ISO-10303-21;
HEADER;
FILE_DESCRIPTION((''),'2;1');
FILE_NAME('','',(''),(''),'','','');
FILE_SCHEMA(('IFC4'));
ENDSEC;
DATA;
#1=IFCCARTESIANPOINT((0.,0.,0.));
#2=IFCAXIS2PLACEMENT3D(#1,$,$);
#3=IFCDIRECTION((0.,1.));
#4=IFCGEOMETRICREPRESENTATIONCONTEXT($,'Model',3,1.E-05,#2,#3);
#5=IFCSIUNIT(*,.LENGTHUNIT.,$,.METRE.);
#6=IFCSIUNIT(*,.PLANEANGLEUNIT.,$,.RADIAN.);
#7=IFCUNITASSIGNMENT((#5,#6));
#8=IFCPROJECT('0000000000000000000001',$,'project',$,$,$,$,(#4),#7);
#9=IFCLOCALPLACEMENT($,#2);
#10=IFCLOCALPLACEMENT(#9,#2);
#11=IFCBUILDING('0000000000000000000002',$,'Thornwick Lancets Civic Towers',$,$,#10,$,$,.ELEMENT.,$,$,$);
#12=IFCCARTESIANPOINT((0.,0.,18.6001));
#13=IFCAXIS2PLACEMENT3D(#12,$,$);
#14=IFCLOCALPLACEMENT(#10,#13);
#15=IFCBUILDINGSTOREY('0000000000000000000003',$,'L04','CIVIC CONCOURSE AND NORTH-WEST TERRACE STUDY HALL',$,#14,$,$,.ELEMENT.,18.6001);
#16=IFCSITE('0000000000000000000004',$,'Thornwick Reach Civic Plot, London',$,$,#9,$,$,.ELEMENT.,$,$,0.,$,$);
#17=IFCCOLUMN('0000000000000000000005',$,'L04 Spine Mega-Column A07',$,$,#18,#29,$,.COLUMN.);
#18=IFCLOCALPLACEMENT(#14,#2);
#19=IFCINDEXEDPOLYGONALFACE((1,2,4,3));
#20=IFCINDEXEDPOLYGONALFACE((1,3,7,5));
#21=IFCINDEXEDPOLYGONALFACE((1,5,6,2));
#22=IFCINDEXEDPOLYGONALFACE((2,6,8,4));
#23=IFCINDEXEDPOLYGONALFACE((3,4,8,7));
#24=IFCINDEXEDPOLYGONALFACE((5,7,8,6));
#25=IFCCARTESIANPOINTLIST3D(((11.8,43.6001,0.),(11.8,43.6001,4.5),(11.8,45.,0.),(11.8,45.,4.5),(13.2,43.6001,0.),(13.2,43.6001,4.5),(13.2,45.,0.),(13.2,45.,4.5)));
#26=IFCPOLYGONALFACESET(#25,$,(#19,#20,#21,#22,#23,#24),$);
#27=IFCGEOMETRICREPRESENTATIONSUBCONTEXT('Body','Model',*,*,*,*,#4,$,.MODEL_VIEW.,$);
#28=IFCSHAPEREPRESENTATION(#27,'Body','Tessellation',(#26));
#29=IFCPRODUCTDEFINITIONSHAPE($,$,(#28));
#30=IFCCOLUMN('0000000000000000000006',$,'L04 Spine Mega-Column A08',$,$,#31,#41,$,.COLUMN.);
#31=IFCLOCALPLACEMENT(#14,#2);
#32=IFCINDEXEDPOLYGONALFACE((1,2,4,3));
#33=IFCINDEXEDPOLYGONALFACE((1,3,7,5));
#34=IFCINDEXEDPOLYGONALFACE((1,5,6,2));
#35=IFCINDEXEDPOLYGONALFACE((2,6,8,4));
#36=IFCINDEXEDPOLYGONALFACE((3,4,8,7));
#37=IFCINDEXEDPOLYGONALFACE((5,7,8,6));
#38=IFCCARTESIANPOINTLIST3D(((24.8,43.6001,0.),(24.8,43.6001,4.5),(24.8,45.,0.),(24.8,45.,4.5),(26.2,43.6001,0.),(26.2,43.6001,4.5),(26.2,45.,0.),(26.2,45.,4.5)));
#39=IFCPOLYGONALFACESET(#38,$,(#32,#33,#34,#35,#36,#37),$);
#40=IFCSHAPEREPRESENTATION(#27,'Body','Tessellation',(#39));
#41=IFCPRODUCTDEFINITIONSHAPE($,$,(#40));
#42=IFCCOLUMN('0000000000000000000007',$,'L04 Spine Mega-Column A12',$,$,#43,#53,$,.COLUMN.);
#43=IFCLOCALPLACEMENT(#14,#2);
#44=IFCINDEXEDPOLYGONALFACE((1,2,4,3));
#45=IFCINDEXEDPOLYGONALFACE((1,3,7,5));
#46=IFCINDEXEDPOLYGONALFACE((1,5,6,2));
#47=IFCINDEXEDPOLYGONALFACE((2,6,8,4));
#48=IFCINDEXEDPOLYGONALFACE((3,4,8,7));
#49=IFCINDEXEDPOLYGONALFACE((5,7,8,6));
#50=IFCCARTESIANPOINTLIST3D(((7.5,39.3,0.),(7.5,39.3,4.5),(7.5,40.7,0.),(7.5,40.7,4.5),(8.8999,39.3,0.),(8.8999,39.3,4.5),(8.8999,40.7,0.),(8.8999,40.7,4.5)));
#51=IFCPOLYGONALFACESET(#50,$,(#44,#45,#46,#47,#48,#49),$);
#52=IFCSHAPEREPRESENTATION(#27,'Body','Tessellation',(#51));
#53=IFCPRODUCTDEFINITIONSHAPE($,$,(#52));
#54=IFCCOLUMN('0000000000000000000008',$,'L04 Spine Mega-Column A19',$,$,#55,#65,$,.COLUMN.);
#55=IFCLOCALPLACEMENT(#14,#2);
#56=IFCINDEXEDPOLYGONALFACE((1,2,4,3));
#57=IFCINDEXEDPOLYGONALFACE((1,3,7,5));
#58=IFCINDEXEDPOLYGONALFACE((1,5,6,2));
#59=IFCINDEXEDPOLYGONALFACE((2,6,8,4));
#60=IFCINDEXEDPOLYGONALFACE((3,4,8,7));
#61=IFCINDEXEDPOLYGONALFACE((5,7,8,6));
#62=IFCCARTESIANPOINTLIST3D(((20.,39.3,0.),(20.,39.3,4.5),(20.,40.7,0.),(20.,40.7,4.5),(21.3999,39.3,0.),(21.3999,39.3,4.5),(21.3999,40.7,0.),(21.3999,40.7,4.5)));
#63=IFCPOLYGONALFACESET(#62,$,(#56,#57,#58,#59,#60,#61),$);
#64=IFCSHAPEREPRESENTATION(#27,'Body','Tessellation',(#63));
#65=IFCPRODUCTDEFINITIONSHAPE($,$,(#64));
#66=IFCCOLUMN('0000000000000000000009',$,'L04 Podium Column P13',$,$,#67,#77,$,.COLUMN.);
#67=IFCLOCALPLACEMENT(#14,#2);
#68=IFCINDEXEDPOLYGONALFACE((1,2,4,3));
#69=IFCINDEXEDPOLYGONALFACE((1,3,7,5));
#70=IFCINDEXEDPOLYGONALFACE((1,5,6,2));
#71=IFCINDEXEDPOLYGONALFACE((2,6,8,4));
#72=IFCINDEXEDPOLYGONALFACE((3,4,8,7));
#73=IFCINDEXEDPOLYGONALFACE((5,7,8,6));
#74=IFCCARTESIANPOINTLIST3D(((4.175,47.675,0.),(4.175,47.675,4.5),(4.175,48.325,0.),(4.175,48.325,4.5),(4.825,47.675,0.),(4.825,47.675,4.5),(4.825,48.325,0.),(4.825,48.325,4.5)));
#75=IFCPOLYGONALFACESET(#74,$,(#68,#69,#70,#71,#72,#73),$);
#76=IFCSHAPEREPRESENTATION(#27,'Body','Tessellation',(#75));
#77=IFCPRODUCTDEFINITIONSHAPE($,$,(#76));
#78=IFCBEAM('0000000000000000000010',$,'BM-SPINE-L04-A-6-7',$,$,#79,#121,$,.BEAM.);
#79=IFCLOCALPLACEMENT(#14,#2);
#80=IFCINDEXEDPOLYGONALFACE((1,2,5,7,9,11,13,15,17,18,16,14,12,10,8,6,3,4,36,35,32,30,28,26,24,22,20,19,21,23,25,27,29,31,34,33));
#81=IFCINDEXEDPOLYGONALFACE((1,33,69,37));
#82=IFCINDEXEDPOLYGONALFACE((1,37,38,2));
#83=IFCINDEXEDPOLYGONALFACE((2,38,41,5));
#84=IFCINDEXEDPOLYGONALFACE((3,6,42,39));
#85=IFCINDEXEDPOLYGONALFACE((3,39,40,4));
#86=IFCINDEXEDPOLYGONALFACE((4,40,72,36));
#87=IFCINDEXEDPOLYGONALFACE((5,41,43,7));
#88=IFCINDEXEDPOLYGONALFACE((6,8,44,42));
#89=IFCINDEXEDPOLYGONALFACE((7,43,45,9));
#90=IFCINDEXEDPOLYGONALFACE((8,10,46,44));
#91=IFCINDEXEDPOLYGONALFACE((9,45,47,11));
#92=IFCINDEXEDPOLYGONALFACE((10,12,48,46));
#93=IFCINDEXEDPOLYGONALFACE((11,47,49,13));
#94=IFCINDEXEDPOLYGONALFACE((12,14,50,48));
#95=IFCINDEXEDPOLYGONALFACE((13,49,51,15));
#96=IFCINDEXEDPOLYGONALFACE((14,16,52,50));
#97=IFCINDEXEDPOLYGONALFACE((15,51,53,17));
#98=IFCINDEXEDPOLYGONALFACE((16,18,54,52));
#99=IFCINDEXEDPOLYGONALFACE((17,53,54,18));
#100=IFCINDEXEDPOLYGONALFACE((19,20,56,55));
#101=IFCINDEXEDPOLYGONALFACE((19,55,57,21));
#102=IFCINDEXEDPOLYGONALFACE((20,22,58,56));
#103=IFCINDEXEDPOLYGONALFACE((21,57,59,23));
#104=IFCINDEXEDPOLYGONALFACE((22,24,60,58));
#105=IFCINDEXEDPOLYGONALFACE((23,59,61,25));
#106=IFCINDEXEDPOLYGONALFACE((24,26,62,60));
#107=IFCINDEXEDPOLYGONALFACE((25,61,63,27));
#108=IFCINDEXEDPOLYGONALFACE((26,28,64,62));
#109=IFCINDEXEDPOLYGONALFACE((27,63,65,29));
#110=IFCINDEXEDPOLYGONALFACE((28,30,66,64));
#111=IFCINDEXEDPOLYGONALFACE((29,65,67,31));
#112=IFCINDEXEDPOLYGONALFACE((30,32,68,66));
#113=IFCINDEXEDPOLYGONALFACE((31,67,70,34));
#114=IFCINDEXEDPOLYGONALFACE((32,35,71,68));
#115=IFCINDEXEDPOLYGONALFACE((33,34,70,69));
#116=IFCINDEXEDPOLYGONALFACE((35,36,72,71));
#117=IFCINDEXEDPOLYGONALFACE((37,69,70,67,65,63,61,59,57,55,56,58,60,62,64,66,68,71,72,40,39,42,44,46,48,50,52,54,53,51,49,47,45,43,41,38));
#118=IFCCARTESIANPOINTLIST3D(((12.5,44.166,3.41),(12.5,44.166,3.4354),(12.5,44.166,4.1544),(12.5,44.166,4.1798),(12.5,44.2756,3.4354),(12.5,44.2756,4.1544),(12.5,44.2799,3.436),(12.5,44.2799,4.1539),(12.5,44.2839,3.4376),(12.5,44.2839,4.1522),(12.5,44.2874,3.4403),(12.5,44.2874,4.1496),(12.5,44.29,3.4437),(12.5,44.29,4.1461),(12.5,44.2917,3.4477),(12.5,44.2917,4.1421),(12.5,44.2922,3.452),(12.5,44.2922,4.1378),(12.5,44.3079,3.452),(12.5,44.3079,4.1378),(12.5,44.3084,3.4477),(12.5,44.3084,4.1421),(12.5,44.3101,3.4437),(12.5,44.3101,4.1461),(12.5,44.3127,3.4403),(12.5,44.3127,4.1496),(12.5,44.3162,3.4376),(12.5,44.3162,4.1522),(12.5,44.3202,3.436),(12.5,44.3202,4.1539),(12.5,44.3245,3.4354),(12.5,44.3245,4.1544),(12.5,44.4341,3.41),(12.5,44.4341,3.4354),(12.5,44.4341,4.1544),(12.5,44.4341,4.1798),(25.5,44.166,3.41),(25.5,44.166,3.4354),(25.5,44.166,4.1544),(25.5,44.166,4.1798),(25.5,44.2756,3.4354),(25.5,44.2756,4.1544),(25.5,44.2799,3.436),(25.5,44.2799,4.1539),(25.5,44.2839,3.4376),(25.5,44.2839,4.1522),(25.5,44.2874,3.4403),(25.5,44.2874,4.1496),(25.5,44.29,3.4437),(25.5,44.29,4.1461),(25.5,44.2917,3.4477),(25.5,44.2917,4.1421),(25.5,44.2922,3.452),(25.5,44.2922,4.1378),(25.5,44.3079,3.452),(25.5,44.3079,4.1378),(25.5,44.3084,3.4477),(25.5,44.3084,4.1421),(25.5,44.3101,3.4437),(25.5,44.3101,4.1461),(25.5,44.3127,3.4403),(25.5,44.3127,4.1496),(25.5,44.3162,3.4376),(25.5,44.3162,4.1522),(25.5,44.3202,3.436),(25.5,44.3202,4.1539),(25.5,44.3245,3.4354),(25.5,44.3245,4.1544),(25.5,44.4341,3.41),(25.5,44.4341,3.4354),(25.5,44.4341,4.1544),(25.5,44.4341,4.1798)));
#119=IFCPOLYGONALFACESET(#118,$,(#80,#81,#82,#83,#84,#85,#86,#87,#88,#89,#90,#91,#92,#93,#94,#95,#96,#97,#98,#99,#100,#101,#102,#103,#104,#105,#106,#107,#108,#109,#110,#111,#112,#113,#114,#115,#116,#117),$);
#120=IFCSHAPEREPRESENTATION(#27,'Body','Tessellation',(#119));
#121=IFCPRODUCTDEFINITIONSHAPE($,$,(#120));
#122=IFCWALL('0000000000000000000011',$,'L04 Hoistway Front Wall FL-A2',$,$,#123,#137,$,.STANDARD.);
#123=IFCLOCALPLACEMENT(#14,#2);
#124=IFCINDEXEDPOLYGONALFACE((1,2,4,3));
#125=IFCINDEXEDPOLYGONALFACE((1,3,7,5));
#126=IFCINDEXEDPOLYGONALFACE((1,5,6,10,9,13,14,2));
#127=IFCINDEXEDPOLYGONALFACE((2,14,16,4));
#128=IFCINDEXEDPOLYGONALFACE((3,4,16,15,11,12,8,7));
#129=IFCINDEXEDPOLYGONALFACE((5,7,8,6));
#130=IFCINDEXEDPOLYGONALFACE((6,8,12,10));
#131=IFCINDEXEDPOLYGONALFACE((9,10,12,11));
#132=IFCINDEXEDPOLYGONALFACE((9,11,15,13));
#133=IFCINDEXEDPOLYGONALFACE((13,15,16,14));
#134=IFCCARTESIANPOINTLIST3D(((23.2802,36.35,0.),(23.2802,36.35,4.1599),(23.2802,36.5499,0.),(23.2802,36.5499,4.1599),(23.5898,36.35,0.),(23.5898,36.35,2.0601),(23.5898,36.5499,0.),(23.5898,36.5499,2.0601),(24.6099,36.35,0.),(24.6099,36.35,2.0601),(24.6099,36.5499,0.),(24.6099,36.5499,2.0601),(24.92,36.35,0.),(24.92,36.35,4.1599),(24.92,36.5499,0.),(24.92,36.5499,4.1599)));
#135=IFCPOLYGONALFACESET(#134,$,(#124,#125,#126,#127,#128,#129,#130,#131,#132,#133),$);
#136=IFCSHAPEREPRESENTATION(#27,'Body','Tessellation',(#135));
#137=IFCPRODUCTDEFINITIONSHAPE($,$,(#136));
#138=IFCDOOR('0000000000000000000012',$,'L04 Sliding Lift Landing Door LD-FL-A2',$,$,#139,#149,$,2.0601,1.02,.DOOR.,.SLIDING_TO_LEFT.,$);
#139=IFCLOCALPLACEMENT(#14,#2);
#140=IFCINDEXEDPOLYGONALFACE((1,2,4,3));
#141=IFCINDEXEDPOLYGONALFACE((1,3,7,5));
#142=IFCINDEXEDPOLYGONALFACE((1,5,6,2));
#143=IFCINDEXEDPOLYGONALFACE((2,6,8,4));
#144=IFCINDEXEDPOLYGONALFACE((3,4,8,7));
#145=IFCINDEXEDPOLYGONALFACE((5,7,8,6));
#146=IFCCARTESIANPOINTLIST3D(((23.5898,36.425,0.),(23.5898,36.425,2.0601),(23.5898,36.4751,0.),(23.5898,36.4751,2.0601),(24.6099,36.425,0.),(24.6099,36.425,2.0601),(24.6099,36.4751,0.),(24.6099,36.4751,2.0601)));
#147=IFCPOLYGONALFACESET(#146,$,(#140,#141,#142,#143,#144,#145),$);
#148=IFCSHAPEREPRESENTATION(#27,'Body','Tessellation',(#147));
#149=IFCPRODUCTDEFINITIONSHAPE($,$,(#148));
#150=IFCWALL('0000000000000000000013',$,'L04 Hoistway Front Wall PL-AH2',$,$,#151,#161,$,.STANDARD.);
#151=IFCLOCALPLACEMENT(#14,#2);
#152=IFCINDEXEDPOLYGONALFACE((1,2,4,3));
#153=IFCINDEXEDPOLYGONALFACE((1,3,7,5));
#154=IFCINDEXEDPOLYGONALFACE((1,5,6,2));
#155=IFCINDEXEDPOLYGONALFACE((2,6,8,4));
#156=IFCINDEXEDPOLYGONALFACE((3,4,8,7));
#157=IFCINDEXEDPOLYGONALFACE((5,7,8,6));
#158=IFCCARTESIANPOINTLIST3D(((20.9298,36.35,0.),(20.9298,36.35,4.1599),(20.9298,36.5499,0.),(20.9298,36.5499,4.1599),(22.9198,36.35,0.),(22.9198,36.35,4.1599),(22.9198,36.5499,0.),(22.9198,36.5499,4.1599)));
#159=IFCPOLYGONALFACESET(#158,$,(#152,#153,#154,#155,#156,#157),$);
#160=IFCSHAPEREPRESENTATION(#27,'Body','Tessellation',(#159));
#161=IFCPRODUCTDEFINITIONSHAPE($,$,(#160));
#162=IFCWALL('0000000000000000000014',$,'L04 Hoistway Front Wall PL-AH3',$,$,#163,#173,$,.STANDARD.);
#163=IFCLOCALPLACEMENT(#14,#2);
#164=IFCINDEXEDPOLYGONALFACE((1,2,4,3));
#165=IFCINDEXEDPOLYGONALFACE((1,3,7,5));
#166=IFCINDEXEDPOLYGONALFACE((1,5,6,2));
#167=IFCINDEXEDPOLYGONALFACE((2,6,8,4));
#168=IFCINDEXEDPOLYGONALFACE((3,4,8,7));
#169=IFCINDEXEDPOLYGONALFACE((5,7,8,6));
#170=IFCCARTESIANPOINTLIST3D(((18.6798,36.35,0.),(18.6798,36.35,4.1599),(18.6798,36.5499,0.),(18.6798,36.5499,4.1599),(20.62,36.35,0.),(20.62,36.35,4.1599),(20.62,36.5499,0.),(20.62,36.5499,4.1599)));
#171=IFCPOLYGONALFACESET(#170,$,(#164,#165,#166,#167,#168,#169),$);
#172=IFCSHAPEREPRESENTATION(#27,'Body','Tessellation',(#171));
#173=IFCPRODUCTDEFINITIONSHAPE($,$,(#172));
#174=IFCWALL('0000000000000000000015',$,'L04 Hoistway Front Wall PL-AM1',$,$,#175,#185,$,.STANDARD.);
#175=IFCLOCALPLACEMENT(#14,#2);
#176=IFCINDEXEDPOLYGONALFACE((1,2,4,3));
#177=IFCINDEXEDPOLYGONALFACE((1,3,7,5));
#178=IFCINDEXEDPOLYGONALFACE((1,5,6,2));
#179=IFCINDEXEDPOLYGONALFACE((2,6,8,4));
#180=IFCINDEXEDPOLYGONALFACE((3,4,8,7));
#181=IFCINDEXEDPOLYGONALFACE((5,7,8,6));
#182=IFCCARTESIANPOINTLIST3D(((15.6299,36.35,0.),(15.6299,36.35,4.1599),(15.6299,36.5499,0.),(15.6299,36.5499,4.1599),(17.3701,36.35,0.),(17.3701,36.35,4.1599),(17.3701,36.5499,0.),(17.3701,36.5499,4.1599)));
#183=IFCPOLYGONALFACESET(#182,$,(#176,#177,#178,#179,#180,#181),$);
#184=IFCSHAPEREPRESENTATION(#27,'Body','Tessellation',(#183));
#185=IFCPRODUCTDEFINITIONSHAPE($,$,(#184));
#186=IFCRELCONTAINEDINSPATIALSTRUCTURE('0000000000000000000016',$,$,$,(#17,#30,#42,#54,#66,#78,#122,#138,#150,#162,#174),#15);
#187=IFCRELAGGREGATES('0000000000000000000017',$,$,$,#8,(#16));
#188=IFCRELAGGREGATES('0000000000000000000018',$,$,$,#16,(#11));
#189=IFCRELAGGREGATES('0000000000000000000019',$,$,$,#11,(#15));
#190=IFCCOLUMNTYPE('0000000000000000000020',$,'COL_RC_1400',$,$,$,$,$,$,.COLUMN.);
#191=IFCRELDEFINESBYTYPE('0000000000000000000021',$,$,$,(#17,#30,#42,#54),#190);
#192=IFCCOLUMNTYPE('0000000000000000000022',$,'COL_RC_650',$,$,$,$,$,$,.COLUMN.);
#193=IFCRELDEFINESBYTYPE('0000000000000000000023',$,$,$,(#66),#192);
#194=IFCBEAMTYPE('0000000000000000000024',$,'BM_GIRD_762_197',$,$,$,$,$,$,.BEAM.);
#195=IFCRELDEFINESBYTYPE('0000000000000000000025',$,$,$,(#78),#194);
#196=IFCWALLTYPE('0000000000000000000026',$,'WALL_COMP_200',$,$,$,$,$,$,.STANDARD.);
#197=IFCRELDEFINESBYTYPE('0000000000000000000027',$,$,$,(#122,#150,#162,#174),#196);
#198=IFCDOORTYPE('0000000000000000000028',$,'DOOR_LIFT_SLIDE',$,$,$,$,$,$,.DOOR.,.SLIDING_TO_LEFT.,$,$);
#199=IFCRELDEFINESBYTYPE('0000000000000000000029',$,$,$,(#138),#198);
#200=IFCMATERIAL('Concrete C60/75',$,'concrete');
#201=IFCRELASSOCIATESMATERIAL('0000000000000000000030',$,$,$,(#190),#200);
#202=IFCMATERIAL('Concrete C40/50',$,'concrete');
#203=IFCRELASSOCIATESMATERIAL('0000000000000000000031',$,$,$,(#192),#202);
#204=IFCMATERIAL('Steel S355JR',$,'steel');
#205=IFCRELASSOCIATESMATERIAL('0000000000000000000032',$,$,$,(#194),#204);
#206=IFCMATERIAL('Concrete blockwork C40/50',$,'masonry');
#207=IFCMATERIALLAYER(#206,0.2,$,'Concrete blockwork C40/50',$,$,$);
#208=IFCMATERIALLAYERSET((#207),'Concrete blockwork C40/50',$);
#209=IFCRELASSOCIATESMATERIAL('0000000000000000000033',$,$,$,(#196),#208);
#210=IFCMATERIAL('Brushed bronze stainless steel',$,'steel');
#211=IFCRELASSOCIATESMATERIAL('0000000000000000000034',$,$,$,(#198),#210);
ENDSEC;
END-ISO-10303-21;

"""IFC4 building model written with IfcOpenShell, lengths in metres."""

from ifc_helpers import new_model, si_unit, direction, frame, frame_2d, origin, origin_2d, place, context, subcontext, project, spatial, rectangle, i_section, extrude, material, layer, layer_set, material_profile, profile_set, type_object, element, fill, save


model = new_model("IFC4")

# Units and contexts
model_context = context("Model", 3, precision=1e-05, world=origin(), true_north=direction((0.0, 1.0)))
body_context = subcontext(model_context, "Body", "Model", "MODEL_VIEW")
ifc_project = project(units=[si_unit("LENGTHUNIT", "METRE"), si_unit("PLANEANGLEUNIT", "RADIAN")], contexts=[model_context])

# Site, building, storey
site_placement = place(None, origin())
site = spatial("IfcSite", under=ifc_project, at=site_placement, Name="Thornwick Reach Civic Plot, London", CompositionType="ELEMENT", RefElevation=0.0)
building_placement = place(site_placement, origin())
building = spatial("IfcBuilding", under=site, at=building_placement, Name="Thornwick Lancets Civic Towers", CompositionType="ELEMENT")
storey_placement = place(building_placement, frame((0.0, 0.0, 18.6001)))
storey = spatial("IfcBuildingStorey", under=building, at=storey_placement, Name="L04", Description="CIVIC CONCOURSE AND NORTH-WEST TERRACE STUDY HALL", CompositionType="ELEMENT", Elevation=18.6001)

# Columns
ifc_material_1 = material(Name="Concrete C60/75", Category="concrete")
ifc_material_profile_1 = material_profile(ifc_material_1, rectangle(XDim=1.3999, YDim=1.3999, at=origin_2d()), Name="RC 1400x1400")
ifc_profile_set_1 = profile_set([ifc_material_profile_1], Name="Concrete C60/75")
column_type_1 = type_object("IfcColumnType", Name="COL_RC_1400", PredefinedType="COLUMN", material=ifc_profile_set_1)
for number, where, z_axis, x_axis, name in (
    (1, (12.5, 44.3, 0.0), (0.0, 0.0, 1.0), (1.0, 0.0, 0.0), "L04 Spine Mega-Column A07"),
    (2, (25.5, 44.3, 0.0), (0.0, 0.0, 1.0), (1.0, 0.0, 0.0), "L04 Spine Mega-Column A08"),
    (3, (8.2, 40.0, 0.0), (0.0, 0.0, 1.0), (1.0, 0.0, 0.0), "L04 Spine Mega-Column A12"),
    (4, (20.7, 40.0, 0.0), (0.0, 0.0, 1.0), (1.0, 0.0, 0.0), "L04 Spine Mega-Column A19"),
):
    element("IfcColumn", number, at=place(storey_placement, frame(where, z_axis=z_axis, x_axis=x_axis)), inside=storey, type_object=column_type_1, Name=name, PredefinedType="COLUMN", context=body_context, shape_type="SweptSolid", body=[
        extrude(rectangle(XDim=1.3999, YDim=1.3999, at=origin_2d()), origin(), (0.0, 0.0, 1.0), 4.5),
    ])
ifc_material_2 = material(Name="Concrete C40/50", Category="concrete")
ifc_material_profile_2 = material_profile(ifc_material_2, rectangle(XDim=0.6499, YDim=0.6499, at=origin_2d()), Name="RC 650x650")
ifc_profile_set_2 = profile_set([ifc_material_profile_2], Name="Concrete C40/50")
column_type_2 = type_object("IfcColumnType", Name="COL_RC_650", PredefinedType="COLUMN", material=ifc_profile_set_2)
column_placement = place(storey_placement, frame((4.5, 48.0, 0.0), z_axis=(0.0, 0.0, 1.0), x_axis=(1.0, 0.0, 0.0)))
element("IfcColumn", 5, at=column_placement, inside=storey, type_object=column_type_2, Name="L04 Podium Column P13", PredefinedType="COLUMN", context=body_context, shape_type="SweptSolid", body=[
    extrude(rectangle(XDim=0.6499, YDim=0.6499, at=origin_2d()), origin(), (0.0, 0.0, 1.0), 4.5),
])

# Beam
ifc_material_3 = material(Name="Steel S355JR", Category="steel")
ifc_material_profile_3 = material_profile(ifc_material_3, i_section(OverallWidth=0.2681, OverallDepth=0.7698, WebThickness=0.0156, FlangeThickness=0.0254, FilletRadius=0.0166, at=origin_2d()), Name="UKB 762x267x197")
ifc_profile_set_3 = profile_set([ifc_material_profile_3], Name="Steel S355JR")
beam_type = type_object("IfcBeamType", Name="BM_GIRD_762_197", PredefinedType="BEAM", material=ifc_profile_set_3)
beam_placement = place(storey_placement, frame((12.5, 44.3, 3.7949), z_axis=(1.0, 0.0, 0.0), x_axis=(0.0, 1.0, 0.0)))
element("IfcBeam", 6, at=beam_placement, inside=storey, type_object=beam_type, Name="BM-SPINE-L04-A-6-7", PredefinedType="BEAM", context=body_context, shape_type="SweptSolid", body=[
    extrude(i_section(OverallWidth=0.2681, OverallDepth=0.7698, WebThickness=0.0156, FlangeThickness=0.0254, FilletRadius=0.0166, at=origin_2d()), origin(), (0.0, 0.0, 1.0), 13.0),
])

# Wall, opening, door
ifc_material_4 = material(Name="Concrete blockwork C40/50", Category="masonry")
ifc_layer_1 = layer(ifc_material_4, 0.2, Name="Concrete blockwork C40/50")
ifc_layer_set_1 = layer_set([ifc_layer_1], Name="Concrete blockwork C40/50")
wall_type_1 = type_object("IfcWallType", Name="WALL_COMP_200", PredefinedType="STANDARD", material=ifc_layer_set_1)
wall_1_placement = place(storey_placement, frame((24.9199, 36.45, 0.0), z_axis=(0.0, 0.0, 1.0), x_axis=(-1.0, 0.0, 0.0)))
wall_1 = element("IfcWall", 7, at=wall_1_placement, inside=storey, type_object=wall_type_1, Name="L04 Hoistway Front Wall FL-A2", PredefinedType="STANDARD", context=body_context, shape_type="SweptSolid", body=[
    extrude(rectangle(XDim=1.6399, YDim=0.2, at=frame_2d((0.8198, 0.0))), origin(), (0.0, 0.0, 1.0), 4.1599),
])
opening_1_placement = place(wall_1_placement, frame((0.3101, 0.0, 0.0)))
opening_1 = element("IfcOpeningElement", 8, at=opening_1_placement, cuts=wall_1, PredefinedType="OPENING", context=body_context, shape_type="SweptSolid", body=[
    extrude(rectangle(XDim=1.02, YDim=2.0601, at=frame_2d((0.51, 1.03))), frame((0.0, 0.1099, 0.0), z_axis=(0.0, -1.0, 0.0), x_axis=(1.0, 0.0, 0.0)), (0.0, 0.0, 1.0), 0.22),
])
ifc_material_5 = material(Name="Brushed bronze stainless steel", Category="steel")
door_type_1 = type_object("IfcDoorType", Name="DOOR_LIFT_SLIDE", OperationType="SLIDING_TO_LEFT", PredefinedType="DOOR", material=ifc_material_5)
door_1_placement = place(opening_1_placement, origin())
door_1 = element("IfcDoor", 9, at=door_1_placement, inside=storey, type_object=door_type_1, Name="L04 Sliding Lift Landing Door LD-FL-A2", OperationType="SLIDING_TO_LEFT", OverallHeight=2.0601, OverallWidth=1.02, PredefinedType="DOOR", context=body_context, shape_type="SweptSolid", body=[
    extrude(rectangle(XDim=1.02, YDim=2.0601, at=frame_2d((0.51, 1.03))), frame((0.0, 0.0249, 0.0), z_axis=(0.0, -1.0, 0.0), x_axis=(1.0, 0.0, 0.0)), (0.0, 0.0, 1.0), 0.05),
])
fill(opening_1, door_1)

# Walls
wall_2_placement = place(storey_placement, frame((22.9199, 36.45, 0.0), z_axis=(0.0, 0.0, 1.0), x_axis=(-1.0, 0.0, 0.0)))
element("IfcWall", 10, at=wall_2_placement, inside=storey, type_object=wall_type_1, Name="L04 Hoistway Front Wall PL-AH2", PredefinedType="STANDARD", context=body_context, shape_type="SweptSolid", body=[
    extrude(rectangle(XDim=1.99, YDim=0.2, at=frame_2d((0.9951, 0.0))), origin(), (0.0, 0.0, 1.0), 4.1599),
])
wall_3_placement = place(storey_placement, frame((20.6201, 36.45, 0.0), z_axis=(0.0, 0.0, 1.0), x_axis=(-1.0, 0.0, 0.0)))
element("IfcWall", 11, at=wall_3_placement, inside=storey, type_object=wall_type_1, Name="L04 Hoistway Front Wall PL-AH3", PredefinedType="STANDARD", context=body_context, shape_type="SweptSolid", body=[
    extrude(rectangle(XDim=1.9402, YDim=0.2, at=frame_2d((0.9702, 0.0))), origin(), (0.0, 0.0, 1.0), 4.1599),
])
wall_4_placement = place(storey_placement, frame((17.3701, 36.45, 0.0), z_axis=(0.0, 0.0, 1.0), x_axis=(-1.0, 0.0, 0.0)))
element("IfcWall", 12, at=wall_4_placement, inside=storey, type_object=wall_type_1, Name="L04 Hoistway Front Wall PL-AM1", PredefinedType="STANDARD", context=body_context, shape_type="SweptSolid", body=[
    extrude(rectangle(XDim=1.7402, YDim=0.2, at=frame_2d((0.8701, 0.0))), origin(), (0.0, 0.0, 1.0), 4.1599),
])

save(model, "model.ifc")
